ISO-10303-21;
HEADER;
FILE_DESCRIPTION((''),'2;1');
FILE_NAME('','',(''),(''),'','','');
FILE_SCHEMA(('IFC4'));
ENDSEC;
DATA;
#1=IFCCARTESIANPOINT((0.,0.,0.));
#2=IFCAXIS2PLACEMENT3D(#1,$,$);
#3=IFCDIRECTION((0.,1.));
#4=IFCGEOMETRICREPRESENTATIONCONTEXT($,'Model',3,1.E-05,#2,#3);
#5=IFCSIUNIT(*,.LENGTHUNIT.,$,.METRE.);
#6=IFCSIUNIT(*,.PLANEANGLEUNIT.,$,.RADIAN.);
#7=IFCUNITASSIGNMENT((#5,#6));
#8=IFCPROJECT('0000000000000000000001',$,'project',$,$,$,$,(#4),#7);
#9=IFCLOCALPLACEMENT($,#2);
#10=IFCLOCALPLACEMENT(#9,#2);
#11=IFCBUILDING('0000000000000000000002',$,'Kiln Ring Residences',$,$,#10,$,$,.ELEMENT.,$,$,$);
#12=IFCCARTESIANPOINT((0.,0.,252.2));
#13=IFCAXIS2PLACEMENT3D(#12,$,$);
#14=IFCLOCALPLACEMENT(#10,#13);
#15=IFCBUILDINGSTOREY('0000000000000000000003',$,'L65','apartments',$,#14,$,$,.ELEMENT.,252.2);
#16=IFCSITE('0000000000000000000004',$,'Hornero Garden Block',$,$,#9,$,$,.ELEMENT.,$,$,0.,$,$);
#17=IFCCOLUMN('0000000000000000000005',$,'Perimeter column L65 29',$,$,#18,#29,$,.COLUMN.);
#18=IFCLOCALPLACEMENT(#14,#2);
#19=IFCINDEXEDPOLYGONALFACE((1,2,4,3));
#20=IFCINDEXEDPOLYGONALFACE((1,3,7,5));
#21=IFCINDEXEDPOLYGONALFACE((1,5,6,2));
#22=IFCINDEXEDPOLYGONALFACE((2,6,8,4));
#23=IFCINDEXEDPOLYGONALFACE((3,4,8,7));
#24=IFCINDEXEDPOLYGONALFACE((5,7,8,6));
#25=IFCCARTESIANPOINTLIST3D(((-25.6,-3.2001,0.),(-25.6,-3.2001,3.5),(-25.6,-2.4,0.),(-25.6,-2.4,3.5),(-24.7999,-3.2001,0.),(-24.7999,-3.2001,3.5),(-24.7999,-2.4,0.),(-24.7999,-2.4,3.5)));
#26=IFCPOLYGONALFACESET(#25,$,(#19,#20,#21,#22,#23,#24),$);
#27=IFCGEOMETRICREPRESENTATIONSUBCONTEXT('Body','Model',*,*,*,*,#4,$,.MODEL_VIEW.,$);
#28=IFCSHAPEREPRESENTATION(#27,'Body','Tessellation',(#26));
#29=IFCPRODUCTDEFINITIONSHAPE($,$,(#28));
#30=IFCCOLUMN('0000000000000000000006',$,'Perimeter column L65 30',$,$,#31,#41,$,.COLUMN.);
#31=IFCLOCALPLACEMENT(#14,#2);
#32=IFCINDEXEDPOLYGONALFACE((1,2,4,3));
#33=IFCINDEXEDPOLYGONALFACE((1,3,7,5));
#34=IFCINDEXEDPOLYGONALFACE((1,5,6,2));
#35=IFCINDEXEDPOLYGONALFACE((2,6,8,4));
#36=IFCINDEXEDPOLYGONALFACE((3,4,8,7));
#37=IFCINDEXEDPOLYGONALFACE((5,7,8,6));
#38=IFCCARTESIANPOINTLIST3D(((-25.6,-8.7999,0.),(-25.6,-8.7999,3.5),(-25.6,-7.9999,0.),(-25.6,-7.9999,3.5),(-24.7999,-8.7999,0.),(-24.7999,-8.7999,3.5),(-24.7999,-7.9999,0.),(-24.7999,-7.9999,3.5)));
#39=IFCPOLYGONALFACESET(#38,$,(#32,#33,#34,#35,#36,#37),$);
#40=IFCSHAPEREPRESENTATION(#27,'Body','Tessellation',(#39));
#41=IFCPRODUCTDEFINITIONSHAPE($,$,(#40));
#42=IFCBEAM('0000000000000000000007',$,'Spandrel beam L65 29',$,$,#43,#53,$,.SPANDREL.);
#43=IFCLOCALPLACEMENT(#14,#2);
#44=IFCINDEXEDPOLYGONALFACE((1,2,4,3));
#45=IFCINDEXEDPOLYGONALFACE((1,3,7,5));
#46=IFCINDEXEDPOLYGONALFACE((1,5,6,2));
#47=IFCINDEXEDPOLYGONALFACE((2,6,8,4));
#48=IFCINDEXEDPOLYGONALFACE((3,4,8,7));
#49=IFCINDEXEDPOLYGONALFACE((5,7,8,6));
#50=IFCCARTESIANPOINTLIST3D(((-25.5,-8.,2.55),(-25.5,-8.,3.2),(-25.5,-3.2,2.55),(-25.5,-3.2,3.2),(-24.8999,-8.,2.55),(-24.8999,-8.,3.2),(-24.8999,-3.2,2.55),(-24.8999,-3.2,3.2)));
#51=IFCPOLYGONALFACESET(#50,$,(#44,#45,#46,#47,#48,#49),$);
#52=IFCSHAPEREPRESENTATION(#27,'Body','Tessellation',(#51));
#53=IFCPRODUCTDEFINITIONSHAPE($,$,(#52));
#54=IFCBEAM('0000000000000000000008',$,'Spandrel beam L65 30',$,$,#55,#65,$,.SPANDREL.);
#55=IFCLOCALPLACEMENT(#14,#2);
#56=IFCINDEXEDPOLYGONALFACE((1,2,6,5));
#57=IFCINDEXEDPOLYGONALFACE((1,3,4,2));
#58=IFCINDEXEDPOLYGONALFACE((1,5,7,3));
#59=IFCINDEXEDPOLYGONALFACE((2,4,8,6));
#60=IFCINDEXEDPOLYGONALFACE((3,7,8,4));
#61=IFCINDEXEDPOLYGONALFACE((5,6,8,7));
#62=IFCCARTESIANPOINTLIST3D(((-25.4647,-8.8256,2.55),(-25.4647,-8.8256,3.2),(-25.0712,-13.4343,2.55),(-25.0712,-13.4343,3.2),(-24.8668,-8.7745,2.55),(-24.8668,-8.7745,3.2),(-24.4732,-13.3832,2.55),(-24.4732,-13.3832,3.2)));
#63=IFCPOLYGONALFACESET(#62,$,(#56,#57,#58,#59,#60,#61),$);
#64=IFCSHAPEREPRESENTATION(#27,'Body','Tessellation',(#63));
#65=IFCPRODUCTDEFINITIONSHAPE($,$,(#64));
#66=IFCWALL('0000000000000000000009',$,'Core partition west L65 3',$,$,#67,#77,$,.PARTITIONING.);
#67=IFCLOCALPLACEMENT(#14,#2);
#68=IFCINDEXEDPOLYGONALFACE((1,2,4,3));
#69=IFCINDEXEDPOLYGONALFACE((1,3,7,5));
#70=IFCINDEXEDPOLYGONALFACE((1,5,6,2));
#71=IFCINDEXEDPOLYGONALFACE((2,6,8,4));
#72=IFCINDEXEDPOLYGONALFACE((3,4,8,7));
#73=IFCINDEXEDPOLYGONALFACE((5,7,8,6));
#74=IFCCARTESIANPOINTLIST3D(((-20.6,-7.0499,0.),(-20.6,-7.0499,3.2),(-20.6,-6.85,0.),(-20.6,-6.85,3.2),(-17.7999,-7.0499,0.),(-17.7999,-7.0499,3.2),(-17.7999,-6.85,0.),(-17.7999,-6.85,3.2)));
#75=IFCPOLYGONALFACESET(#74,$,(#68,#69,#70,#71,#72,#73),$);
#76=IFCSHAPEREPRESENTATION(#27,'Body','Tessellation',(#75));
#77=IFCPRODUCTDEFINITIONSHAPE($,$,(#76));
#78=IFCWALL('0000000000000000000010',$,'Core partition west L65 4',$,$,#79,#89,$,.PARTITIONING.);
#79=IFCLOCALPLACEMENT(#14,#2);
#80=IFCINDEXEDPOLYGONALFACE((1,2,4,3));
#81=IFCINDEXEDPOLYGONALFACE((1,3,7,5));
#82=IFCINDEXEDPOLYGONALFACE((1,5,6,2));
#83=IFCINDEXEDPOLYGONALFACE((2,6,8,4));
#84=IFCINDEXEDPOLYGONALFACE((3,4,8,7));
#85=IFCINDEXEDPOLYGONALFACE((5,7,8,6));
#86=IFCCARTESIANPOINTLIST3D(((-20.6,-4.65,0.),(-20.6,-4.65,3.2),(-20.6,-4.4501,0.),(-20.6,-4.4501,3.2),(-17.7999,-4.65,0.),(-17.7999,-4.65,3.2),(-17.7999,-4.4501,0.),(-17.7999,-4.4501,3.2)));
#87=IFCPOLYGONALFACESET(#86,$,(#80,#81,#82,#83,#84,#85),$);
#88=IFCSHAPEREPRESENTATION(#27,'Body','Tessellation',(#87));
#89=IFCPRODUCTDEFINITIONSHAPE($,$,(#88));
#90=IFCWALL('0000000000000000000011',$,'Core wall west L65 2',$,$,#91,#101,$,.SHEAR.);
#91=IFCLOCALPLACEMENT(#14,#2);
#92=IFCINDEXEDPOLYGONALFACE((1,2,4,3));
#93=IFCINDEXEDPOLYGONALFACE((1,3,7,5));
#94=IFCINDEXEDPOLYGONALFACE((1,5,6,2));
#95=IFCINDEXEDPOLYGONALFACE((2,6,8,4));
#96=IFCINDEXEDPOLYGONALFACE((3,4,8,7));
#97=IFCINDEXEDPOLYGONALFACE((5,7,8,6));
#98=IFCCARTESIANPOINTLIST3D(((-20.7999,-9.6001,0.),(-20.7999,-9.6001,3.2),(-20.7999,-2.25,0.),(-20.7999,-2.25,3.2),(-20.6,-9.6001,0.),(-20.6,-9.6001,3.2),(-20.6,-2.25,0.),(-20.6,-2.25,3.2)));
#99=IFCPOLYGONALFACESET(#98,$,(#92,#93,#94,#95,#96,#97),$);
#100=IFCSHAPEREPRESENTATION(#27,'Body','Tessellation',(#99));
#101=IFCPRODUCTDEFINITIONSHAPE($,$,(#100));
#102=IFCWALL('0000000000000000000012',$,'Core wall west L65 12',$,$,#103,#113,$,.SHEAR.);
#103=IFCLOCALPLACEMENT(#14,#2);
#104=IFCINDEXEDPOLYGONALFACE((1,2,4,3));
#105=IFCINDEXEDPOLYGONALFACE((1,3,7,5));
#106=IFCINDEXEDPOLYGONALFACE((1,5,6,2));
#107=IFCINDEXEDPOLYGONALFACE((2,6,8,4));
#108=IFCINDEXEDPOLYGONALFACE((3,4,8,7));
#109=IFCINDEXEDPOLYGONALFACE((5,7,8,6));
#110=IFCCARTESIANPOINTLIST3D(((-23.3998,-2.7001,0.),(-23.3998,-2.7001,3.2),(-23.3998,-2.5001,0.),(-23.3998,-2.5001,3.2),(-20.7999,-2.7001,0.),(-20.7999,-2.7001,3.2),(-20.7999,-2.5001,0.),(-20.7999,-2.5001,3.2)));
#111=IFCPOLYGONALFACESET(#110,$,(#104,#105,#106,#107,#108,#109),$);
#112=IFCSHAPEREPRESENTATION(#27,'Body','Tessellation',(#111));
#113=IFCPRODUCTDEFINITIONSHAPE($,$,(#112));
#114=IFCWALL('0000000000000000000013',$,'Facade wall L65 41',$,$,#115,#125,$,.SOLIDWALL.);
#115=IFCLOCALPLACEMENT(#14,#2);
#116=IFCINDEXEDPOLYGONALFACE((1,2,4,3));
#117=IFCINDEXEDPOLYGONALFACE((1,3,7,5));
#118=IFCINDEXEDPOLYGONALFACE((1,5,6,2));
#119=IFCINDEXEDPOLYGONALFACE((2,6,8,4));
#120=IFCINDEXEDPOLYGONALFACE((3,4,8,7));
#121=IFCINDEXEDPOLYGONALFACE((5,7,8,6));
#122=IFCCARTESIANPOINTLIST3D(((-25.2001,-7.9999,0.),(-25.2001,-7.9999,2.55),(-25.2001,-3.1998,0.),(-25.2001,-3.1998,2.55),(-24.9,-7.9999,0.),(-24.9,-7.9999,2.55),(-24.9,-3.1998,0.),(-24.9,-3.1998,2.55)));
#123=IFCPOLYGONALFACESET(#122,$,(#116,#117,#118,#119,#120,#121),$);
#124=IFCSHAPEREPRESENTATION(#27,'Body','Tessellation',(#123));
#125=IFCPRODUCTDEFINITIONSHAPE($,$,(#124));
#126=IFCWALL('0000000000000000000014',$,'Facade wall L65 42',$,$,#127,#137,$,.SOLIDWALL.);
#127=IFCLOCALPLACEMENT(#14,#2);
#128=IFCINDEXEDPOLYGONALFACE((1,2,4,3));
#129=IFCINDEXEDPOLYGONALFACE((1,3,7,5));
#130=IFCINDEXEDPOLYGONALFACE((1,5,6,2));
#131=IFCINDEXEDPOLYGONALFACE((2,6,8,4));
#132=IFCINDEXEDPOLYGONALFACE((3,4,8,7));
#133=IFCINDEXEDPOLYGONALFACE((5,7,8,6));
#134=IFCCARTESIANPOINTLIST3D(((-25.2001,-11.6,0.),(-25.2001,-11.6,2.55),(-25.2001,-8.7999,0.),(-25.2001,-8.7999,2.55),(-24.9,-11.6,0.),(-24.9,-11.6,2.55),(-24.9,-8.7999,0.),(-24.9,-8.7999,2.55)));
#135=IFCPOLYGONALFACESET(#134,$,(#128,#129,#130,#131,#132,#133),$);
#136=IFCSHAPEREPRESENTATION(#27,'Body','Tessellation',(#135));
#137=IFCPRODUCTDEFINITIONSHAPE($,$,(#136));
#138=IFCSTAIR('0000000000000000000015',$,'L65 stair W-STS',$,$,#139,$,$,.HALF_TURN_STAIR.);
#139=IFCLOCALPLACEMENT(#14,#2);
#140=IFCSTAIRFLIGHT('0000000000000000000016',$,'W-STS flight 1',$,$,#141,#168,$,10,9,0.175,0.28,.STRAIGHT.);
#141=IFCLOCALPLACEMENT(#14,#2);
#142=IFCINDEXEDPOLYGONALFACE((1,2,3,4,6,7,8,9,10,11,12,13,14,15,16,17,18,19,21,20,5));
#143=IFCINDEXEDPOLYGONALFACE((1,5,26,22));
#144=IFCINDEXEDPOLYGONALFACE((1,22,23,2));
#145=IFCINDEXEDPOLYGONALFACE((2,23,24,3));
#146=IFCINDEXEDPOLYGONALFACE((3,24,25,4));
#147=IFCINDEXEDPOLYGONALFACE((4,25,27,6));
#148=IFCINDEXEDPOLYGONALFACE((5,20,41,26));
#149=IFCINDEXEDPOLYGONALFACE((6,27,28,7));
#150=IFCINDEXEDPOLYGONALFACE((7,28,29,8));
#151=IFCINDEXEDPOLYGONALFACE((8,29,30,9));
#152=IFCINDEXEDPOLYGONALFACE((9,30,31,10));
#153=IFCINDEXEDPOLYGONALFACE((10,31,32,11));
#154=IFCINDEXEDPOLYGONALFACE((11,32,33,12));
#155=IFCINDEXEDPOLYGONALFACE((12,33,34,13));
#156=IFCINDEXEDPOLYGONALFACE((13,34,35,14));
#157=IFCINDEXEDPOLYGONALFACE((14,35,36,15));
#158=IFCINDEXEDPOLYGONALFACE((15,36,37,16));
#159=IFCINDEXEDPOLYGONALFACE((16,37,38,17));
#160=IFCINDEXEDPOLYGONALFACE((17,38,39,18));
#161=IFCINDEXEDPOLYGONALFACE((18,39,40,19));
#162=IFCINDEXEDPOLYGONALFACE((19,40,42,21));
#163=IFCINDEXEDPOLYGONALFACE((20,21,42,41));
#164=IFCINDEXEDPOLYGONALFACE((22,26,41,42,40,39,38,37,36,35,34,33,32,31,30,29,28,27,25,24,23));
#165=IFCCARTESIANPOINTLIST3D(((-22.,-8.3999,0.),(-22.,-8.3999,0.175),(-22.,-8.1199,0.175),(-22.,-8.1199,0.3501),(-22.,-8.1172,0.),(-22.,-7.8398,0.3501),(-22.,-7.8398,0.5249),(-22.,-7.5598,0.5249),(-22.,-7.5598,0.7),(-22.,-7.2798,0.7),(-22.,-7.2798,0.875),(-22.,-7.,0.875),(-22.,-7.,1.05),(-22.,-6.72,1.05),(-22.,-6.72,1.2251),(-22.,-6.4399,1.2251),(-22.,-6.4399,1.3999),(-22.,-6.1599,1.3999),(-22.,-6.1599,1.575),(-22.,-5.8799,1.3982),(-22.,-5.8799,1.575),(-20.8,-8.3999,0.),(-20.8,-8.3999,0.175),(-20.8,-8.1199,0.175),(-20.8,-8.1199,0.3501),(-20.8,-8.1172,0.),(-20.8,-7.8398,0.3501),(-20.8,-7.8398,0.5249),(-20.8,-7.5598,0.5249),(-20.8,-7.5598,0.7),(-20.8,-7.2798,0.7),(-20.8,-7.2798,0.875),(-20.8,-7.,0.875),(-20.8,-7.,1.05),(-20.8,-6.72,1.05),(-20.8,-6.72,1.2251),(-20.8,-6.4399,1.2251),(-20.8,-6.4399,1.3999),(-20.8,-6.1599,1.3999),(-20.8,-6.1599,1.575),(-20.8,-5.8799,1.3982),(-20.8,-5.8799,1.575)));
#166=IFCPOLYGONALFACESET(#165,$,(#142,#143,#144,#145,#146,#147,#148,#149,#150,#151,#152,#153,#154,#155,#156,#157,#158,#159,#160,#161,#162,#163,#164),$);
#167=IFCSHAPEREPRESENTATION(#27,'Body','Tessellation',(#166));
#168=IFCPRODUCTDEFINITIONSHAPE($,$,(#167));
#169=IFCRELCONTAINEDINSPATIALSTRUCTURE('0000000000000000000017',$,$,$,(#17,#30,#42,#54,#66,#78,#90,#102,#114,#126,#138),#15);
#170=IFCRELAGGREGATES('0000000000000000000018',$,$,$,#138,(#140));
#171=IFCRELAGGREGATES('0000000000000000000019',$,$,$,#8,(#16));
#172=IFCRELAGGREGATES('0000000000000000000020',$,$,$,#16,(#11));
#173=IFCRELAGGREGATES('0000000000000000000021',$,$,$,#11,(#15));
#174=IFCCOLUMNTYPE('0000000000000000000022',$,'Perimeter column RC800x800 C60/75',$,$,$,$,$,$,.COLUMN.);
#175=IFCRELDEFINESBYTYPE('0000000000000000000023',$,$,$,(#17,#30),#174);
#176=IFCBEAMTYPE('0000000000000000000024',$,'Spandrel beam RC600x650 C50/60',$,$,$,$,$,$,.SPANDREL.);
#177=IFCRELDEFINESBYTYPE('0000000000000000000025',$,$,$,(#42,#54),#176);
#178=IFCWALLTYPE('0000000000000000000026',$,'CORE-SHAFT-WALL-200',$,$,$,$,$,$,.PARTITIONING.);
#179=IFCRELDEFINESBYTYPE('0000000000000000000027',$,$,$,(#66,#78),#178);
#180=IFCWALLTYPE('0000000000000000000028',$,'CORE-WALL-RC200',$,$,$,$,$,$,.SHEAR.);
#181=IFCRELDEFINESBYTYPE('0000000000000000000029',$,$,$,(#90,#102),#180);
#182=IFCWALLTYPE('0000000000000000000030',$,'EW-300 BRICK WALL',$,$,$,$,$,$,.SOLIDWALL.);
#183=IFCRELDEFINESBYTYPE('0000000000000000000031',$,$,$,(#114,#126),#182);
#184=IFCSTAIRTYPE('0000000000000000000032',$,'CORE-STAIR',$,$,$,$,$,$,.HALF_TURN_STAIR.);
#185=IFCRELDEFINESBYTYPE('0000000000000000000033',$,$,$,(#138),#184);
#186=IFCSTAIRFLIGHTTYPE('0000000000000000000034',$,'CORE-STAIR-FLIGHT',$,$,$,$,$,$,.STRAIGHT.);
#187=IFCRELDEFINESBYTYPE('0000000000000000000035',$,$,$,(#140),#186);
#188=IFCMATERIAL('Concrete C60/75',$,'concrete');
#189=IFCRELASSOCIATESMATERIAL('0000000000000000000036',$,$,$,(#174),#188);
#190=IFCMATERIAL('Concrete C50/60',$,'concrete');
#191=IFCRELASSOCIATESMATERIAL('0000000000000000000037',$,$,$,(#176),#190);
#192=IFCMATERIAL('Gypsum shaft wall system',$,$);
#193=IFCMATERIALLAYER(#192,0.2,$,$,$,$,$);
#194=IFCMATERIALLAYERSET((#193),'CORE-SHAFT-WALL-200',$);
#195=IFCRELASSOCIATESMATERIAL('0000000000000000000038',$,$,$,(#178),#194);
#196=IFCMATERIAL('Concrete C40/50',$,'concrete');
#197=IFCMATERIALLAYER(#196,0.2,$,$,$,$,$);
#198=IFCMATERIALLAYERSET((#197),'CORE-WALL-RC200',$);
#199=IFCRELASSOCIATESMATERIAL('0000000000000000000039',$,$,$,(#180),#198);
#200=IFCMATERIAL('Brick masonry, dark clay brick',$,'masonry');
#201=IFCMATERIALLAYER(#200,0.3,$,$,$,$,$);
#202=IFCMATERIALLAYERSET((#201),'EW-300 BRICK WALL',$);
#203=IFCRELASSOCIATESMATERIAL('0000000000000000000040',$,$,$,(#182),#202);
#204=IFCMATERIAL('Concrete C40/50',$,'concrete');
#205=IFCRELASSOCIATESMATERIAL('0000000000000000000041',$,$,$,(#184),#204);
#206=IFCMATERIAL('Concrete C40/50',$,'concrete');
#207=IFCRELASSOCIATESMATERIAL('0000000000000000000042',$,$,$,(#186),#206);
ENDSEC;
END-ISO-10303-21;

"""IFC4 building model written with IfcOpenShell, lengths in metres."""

from ifc_helpers import new_model, si_unit, direction, frame, frame_2d, origin, origin_2d, place, context, subcontext, project, spatial, polyline, rectangle, outline, extrude, material, layer, layer_set, material_profile, profile_set, type_object, element, aggregate, save


model = new_model("IFC4")

# Units and contexts
model_context = context("Model", 3, precision=1e-05, world=origin(), true_north=direction((0.0, 1.0)))
body_context = subcontext(model_context, "Body", "Model", "MODEL_VIEW")
ifc_project = project(units=[si_unit("LENGTHUNIT", "METRE"), si_unit("PLANEANGLEUNIT", "RADIAN")], contexts=[model_context])

# Site, building, storey
site_placement = place(None, origin())
site = spatial("IfcSite", under=ifc_project, at=site_placement, Name="Hornero Garden Block", CompositionType="ELEMENT", RefElevation=0.0)
building_placement = place(site_placement, origin())
building = spatial("IfcBuilding", under=site, at=building_placement, Name="Kiln Ring Residences", CompositionType="ELEMENT")
storey_placement = place(building_placement, frame((0.0, 0.0, 252.2)))
storey = spatial("IfcBuildingStorey", under=building, at=storey_placement, Name="L65", Description="apartments", CompositionType="ELEMENT", Elevation=252.2)

# Columns
ifc_material_1 = material(Name="Concrete C60/75", Category="concrete")
ifc_material_profile_1 = material_profile(ifc_material_1, rectangle(XDim=0.8, YDim=0.8, at=origin_2d()), Name="RC800x800")
ifc_profile_set_1 = profile_set([ifc_material_profile_1], Name="Concrete C60/75")
column_type = type_object("IfcColumnType", Name="Perimeter column RC800x800 C60/75", PredefinedType="COLUMN", material=ifc_profile_set_1)
for number, where, z_axis, x_axis, name in (
    (1, (-25.2, -2.8, 0.0), (0.0, 0.0, 1.0), (1.0, 0.0, 0.0), "Perimeter column L65 29"),
    (2, (-25.2, -8.3999, 0.0), (0.0, 0.0, 1.0), (1.0, 0.0, 0.0), "Perimeter column L65 30"),
):
    element("IfcColumn", number, at=place(storey_placement, frame(where, z_axis=z_axis, x_axis=x_axis)), inside=storey, type_object=column_type, Name=name, PredefinedType="COLUMN", context=body_context, shape_type="SweptSolid", body=[
        extrude(rectangle(XDim=0.8, YDim=0.8, at=origin_2d()), origin(), (0.0, 0.0, 1.0), 3.5),
    ])

# Beams
ifc_material_2 = material(Name="Concrete C50/60", Category="concrete")
ifc_material_profile_2 = material_profile(ifc_material_2, rectangle(XDim=0.6001, YDim=0.6499, at=origin_2d()), Name="RC600x650")
ifc_profile_set_2 = profile_set([ifc_material_profile_2], Name="Concrete C50/60")
beam_type = type_object("IfcBeamType", Name="Spandrel beam RC600x650 C50/60", PredefinedType="SPANDREL", material=ifc_profile_set_2)
beam_1_placement = place(storey_placement, frame((-25.2, -3.2, 2.875), z_axis=(0.0, -1.0, 0.0), x_axis=(1.0, 0.0, 0.0)))
element("IfcBeam", 3, at=beam_1_placement, inside=storey, type_object=beam_type, Name="Spandrel beam L65 29", PredefinedType="SPANDREL", context=body_context, shape_type="SweptSolid", body=[
    extrude(rectangle(XDim=0.6001, YDim=0.6499, at=origin_2d()), origin(), (0.0, 0.0, 1.0), 4.8),
])
beam_2_placement = place(storey_placement, frame((-25.1658, -8.8, 2.875), z_axis=(0.085085, -0.996374, 0.0), x_axis=(0.996374, 0.085085, 0.0)))
element("IfcBeam", 4, at=beam_2_placement, inside=storey, type_object=beam_type, Name="Spandrel beam L65 30", PredefinedType="SPANDREL", context=body_context, shape_type="SweptSolid", body=[
    extrude(rectangle(XDim=0.6001, YDim=0.6499, at=origin_2d()), origin(), (0.0, 0.0, 1.0), 4.6255),
])

# Walls
ifc_material_3 = material(Name="Gypsum shaft wall system")
ifc_layer_1 = layer(ifc_material_3, 0.2)
ifc_layer_set_1 = layer_set([ifc_layer_1], Name="CORE-SHAFT-WALL-200")
wall_type_1 = type_object("IfcWallType", Name="CORE-SHAFT-WALL-200", PredefinedType="PARTITIONING", material=ifc_layer_set_1)
for number, where, z_axis, x_axis, name in (
    (5, (-17.8, -6.95, 0.0), (0.0, 0.0, 1.0), (-1.0, 0.0, 0.0), "Core partition west L65 3"),
    (6, (-17.8, -4.55, 0.0), (0.0, 0.0, 1.0), (-1.0, 0.0, 0.0), "Core partition west L65 4"),
):
    element("IfcWall", number, at=place(storey_placement, frame(where, z_axis=z_axis, x_axis=x_axis)), inside=storey, type_object=wall_type_1, Name=name, PredefinedType="PARTITIONING", context=body_context, shape_type="SweptSolid", body=[
        extrude(rectangle(XDim=2.8, YDim=0.2, at=frame_2d((1.3999, 0.0))), origin(), (0.0, 0.0, 1.0), 3.2),
    ])
ifc_material_4 = material(Name="Concrete C40/50", Category="concrete")
ifc_layer_2 = layer(ifc_material_4, 0.2)
ifc_layer_set_2 = layer_set([ifc_layer_2], Name="CORE-WALL-RC200")
wall_type_2 = type_object("IfcWallType", Name="CORE-WALL-RC200", PredefinedType="SHEAR", material=ifc_layer_set_2)
wall_1_placement = place(storey_placement, frame((-20.7, -9.6001, 0.0), z_axis=(0.0, 0.0, 1.0), x_axis=(0.0, 1.0, 0.0)))
element("IfcWall", 7, at=wall_1_placement, inside=storey, type_object=wall_type_2, Name="Core wall west L65 2", PredefinedType="SHEAR", context=body_context, shape_type="SweptSolid", body=[
    extrude(rectangle(XDim=7.3501, YDim=0.2, at=frame_2d((3.675, 0.0))), origin(), (0.0, 0.0, 1.0), 3.2),
])
wall_2_placement = place(storey_placement, frame((-20.8, -2.6001, 0.0), z_axis=(0.0, 0.0, 1.0), x_axis=(-1.0, 0.0, 0.0)))
element("IfcWall", 8, at=wall_2_placement, inside=storey, type_object=wall_type_2, Name="Core wall west L65 12", PredefinedType="SHEAR", context=body_context, shape_type="SweptSolid", body=[
    extrude(rectangle(XDim=2.5999, YDim=0.2, at=frame_2d((1.2998, 0.0))), origin(), (0.0, 0.0, 1.0), 3.2),
])
ifc_material_5 = material(Name="Brick masonry, dark clay brick", Category="masonry")
ifc_layer_3 = layer(ifc_material_5, 0.3)
ifc_layer_set_3 = layer_set([ifc_layer_3], Name="EW-300 BRICK WALL")
wall_type_3 = type_object("IfcWallType", Name="EW-300 BRICK WALL", PredefinedType="SOLIDWALL", material=ifc_layer_set_3)
wall_3_placement = place(storey_placement, frame((-25.05, -3.2, 0.0), z_axis=(0.0, 0.0, 1.0), x_axis=(0.0, -1.0, 0.0)))
element("IfcWall", 9, at=wall_3_placement, inside=storey, type_object=wall_type_3, Name="Facade wall L65 41", PredefinedType="SOLIDWALL", context=body_context, shape_type="SweptSolid", body=[
    extrude(rectangle(XDim=4.8, YDim=0.3, at=frame_2d((2.3999, 0.0))), origin(), (0.0, 0.0, 1.0), 2.55),
])
wall_4_placement = place(storey_placement, frame((-25.05, -8.8, 0.0), z_axis=(0.0, 0.0, 1.0), x_axis=(0.0, -1.0, 0.0)))
element("IfcWall", 10, at=wall_4_placement, inside=storey, type_object=wall_type_3, Name="Facade wall L65 42", PredefinedType="SOLIDWALL", context=body_context, shape_type="SweptSolid", body=[
    extrude(rectangle(XDim=2.8, YDim=0.3, at=frame_2d((1.3999, 0.0))), origin(), (0.0, 0.0, 1.0), 2.55),
])

# Stair, stair flight
ifc_material_6 = material(Name="Concrete C40/50", Category="concrete")
stair_type = type_object("IfcStairType", Name="CORE-STAIR", PredefinedType="HALF_TURN_STAIR", material=ifc_material_6)
stair_placement = place(storey_placement, origin())
stair = element("IfcStair", 11, at=stair_placement, inside=storey, type_object=stair_type, Name="L65 stair W-STS", PredefinedType="HALF_TURN_STAIR")
ifc_material_7 = material(Name="Concrete C40/50", Category="concrete")
stair_flight_type = type_object("IfcStairFlightType", Name="CORE-STAIR-FLIGHT", PredefinedType="STRAIGHT", material=ifc_material_7)
stair_flight_1_placement = place(storey_placement, frame((-21.3999, -8.3999, 0.0), z_axis=(0.0, 0.0, 1.0), x_axis=(0.0, 1.0, 0.0)))
stair_flight_1 = element("IfcStairFlight", 12, at=stair_flight_1_placement, type_object=stair_flight_type, Name="W-STS flight 1", NumberOfRisers=10, NumberOfTreads=9, PredefinedType="STRAIGHT", RiserHeight=0.175, TreadLength=0.28, context=body_context, shape_type="SweptSolid", body=[
    extrude(outline(polyline([(0.0, 0.0), (0.0, 0.175), (0.28, 0.175), (0.28, 0.3501), (0.5601, 0.3501), (0.5601, 0.5249), (0.8401, 0.5249), (0.8401, 0.7), (1.1201, 0.7), (1.1201, 0.875), (1.3999, 0.875), (1.3999, 1.05), (1.6799, 1.05), (1.6799, 1.2251), (1.96, 1.2251), (1.96, 1.3999), (2.24, 1.3999), (2.24, 1.575), (2.52, 1.575), (2.52, 1.75), (2.52, 1.3982), (0.2827, 0.0), (0.0, 0.0)])), frame((0.0, 0.6001, 0.0), z_axis=(0.0, -1.0, 0.0), x_axis=(1.0, 0.0, 0.0)), (0.0, 0.0, 1.0), 1.2),
])
aggregate(stair, [stair_flight_1])

save(model, "model.ifc")
